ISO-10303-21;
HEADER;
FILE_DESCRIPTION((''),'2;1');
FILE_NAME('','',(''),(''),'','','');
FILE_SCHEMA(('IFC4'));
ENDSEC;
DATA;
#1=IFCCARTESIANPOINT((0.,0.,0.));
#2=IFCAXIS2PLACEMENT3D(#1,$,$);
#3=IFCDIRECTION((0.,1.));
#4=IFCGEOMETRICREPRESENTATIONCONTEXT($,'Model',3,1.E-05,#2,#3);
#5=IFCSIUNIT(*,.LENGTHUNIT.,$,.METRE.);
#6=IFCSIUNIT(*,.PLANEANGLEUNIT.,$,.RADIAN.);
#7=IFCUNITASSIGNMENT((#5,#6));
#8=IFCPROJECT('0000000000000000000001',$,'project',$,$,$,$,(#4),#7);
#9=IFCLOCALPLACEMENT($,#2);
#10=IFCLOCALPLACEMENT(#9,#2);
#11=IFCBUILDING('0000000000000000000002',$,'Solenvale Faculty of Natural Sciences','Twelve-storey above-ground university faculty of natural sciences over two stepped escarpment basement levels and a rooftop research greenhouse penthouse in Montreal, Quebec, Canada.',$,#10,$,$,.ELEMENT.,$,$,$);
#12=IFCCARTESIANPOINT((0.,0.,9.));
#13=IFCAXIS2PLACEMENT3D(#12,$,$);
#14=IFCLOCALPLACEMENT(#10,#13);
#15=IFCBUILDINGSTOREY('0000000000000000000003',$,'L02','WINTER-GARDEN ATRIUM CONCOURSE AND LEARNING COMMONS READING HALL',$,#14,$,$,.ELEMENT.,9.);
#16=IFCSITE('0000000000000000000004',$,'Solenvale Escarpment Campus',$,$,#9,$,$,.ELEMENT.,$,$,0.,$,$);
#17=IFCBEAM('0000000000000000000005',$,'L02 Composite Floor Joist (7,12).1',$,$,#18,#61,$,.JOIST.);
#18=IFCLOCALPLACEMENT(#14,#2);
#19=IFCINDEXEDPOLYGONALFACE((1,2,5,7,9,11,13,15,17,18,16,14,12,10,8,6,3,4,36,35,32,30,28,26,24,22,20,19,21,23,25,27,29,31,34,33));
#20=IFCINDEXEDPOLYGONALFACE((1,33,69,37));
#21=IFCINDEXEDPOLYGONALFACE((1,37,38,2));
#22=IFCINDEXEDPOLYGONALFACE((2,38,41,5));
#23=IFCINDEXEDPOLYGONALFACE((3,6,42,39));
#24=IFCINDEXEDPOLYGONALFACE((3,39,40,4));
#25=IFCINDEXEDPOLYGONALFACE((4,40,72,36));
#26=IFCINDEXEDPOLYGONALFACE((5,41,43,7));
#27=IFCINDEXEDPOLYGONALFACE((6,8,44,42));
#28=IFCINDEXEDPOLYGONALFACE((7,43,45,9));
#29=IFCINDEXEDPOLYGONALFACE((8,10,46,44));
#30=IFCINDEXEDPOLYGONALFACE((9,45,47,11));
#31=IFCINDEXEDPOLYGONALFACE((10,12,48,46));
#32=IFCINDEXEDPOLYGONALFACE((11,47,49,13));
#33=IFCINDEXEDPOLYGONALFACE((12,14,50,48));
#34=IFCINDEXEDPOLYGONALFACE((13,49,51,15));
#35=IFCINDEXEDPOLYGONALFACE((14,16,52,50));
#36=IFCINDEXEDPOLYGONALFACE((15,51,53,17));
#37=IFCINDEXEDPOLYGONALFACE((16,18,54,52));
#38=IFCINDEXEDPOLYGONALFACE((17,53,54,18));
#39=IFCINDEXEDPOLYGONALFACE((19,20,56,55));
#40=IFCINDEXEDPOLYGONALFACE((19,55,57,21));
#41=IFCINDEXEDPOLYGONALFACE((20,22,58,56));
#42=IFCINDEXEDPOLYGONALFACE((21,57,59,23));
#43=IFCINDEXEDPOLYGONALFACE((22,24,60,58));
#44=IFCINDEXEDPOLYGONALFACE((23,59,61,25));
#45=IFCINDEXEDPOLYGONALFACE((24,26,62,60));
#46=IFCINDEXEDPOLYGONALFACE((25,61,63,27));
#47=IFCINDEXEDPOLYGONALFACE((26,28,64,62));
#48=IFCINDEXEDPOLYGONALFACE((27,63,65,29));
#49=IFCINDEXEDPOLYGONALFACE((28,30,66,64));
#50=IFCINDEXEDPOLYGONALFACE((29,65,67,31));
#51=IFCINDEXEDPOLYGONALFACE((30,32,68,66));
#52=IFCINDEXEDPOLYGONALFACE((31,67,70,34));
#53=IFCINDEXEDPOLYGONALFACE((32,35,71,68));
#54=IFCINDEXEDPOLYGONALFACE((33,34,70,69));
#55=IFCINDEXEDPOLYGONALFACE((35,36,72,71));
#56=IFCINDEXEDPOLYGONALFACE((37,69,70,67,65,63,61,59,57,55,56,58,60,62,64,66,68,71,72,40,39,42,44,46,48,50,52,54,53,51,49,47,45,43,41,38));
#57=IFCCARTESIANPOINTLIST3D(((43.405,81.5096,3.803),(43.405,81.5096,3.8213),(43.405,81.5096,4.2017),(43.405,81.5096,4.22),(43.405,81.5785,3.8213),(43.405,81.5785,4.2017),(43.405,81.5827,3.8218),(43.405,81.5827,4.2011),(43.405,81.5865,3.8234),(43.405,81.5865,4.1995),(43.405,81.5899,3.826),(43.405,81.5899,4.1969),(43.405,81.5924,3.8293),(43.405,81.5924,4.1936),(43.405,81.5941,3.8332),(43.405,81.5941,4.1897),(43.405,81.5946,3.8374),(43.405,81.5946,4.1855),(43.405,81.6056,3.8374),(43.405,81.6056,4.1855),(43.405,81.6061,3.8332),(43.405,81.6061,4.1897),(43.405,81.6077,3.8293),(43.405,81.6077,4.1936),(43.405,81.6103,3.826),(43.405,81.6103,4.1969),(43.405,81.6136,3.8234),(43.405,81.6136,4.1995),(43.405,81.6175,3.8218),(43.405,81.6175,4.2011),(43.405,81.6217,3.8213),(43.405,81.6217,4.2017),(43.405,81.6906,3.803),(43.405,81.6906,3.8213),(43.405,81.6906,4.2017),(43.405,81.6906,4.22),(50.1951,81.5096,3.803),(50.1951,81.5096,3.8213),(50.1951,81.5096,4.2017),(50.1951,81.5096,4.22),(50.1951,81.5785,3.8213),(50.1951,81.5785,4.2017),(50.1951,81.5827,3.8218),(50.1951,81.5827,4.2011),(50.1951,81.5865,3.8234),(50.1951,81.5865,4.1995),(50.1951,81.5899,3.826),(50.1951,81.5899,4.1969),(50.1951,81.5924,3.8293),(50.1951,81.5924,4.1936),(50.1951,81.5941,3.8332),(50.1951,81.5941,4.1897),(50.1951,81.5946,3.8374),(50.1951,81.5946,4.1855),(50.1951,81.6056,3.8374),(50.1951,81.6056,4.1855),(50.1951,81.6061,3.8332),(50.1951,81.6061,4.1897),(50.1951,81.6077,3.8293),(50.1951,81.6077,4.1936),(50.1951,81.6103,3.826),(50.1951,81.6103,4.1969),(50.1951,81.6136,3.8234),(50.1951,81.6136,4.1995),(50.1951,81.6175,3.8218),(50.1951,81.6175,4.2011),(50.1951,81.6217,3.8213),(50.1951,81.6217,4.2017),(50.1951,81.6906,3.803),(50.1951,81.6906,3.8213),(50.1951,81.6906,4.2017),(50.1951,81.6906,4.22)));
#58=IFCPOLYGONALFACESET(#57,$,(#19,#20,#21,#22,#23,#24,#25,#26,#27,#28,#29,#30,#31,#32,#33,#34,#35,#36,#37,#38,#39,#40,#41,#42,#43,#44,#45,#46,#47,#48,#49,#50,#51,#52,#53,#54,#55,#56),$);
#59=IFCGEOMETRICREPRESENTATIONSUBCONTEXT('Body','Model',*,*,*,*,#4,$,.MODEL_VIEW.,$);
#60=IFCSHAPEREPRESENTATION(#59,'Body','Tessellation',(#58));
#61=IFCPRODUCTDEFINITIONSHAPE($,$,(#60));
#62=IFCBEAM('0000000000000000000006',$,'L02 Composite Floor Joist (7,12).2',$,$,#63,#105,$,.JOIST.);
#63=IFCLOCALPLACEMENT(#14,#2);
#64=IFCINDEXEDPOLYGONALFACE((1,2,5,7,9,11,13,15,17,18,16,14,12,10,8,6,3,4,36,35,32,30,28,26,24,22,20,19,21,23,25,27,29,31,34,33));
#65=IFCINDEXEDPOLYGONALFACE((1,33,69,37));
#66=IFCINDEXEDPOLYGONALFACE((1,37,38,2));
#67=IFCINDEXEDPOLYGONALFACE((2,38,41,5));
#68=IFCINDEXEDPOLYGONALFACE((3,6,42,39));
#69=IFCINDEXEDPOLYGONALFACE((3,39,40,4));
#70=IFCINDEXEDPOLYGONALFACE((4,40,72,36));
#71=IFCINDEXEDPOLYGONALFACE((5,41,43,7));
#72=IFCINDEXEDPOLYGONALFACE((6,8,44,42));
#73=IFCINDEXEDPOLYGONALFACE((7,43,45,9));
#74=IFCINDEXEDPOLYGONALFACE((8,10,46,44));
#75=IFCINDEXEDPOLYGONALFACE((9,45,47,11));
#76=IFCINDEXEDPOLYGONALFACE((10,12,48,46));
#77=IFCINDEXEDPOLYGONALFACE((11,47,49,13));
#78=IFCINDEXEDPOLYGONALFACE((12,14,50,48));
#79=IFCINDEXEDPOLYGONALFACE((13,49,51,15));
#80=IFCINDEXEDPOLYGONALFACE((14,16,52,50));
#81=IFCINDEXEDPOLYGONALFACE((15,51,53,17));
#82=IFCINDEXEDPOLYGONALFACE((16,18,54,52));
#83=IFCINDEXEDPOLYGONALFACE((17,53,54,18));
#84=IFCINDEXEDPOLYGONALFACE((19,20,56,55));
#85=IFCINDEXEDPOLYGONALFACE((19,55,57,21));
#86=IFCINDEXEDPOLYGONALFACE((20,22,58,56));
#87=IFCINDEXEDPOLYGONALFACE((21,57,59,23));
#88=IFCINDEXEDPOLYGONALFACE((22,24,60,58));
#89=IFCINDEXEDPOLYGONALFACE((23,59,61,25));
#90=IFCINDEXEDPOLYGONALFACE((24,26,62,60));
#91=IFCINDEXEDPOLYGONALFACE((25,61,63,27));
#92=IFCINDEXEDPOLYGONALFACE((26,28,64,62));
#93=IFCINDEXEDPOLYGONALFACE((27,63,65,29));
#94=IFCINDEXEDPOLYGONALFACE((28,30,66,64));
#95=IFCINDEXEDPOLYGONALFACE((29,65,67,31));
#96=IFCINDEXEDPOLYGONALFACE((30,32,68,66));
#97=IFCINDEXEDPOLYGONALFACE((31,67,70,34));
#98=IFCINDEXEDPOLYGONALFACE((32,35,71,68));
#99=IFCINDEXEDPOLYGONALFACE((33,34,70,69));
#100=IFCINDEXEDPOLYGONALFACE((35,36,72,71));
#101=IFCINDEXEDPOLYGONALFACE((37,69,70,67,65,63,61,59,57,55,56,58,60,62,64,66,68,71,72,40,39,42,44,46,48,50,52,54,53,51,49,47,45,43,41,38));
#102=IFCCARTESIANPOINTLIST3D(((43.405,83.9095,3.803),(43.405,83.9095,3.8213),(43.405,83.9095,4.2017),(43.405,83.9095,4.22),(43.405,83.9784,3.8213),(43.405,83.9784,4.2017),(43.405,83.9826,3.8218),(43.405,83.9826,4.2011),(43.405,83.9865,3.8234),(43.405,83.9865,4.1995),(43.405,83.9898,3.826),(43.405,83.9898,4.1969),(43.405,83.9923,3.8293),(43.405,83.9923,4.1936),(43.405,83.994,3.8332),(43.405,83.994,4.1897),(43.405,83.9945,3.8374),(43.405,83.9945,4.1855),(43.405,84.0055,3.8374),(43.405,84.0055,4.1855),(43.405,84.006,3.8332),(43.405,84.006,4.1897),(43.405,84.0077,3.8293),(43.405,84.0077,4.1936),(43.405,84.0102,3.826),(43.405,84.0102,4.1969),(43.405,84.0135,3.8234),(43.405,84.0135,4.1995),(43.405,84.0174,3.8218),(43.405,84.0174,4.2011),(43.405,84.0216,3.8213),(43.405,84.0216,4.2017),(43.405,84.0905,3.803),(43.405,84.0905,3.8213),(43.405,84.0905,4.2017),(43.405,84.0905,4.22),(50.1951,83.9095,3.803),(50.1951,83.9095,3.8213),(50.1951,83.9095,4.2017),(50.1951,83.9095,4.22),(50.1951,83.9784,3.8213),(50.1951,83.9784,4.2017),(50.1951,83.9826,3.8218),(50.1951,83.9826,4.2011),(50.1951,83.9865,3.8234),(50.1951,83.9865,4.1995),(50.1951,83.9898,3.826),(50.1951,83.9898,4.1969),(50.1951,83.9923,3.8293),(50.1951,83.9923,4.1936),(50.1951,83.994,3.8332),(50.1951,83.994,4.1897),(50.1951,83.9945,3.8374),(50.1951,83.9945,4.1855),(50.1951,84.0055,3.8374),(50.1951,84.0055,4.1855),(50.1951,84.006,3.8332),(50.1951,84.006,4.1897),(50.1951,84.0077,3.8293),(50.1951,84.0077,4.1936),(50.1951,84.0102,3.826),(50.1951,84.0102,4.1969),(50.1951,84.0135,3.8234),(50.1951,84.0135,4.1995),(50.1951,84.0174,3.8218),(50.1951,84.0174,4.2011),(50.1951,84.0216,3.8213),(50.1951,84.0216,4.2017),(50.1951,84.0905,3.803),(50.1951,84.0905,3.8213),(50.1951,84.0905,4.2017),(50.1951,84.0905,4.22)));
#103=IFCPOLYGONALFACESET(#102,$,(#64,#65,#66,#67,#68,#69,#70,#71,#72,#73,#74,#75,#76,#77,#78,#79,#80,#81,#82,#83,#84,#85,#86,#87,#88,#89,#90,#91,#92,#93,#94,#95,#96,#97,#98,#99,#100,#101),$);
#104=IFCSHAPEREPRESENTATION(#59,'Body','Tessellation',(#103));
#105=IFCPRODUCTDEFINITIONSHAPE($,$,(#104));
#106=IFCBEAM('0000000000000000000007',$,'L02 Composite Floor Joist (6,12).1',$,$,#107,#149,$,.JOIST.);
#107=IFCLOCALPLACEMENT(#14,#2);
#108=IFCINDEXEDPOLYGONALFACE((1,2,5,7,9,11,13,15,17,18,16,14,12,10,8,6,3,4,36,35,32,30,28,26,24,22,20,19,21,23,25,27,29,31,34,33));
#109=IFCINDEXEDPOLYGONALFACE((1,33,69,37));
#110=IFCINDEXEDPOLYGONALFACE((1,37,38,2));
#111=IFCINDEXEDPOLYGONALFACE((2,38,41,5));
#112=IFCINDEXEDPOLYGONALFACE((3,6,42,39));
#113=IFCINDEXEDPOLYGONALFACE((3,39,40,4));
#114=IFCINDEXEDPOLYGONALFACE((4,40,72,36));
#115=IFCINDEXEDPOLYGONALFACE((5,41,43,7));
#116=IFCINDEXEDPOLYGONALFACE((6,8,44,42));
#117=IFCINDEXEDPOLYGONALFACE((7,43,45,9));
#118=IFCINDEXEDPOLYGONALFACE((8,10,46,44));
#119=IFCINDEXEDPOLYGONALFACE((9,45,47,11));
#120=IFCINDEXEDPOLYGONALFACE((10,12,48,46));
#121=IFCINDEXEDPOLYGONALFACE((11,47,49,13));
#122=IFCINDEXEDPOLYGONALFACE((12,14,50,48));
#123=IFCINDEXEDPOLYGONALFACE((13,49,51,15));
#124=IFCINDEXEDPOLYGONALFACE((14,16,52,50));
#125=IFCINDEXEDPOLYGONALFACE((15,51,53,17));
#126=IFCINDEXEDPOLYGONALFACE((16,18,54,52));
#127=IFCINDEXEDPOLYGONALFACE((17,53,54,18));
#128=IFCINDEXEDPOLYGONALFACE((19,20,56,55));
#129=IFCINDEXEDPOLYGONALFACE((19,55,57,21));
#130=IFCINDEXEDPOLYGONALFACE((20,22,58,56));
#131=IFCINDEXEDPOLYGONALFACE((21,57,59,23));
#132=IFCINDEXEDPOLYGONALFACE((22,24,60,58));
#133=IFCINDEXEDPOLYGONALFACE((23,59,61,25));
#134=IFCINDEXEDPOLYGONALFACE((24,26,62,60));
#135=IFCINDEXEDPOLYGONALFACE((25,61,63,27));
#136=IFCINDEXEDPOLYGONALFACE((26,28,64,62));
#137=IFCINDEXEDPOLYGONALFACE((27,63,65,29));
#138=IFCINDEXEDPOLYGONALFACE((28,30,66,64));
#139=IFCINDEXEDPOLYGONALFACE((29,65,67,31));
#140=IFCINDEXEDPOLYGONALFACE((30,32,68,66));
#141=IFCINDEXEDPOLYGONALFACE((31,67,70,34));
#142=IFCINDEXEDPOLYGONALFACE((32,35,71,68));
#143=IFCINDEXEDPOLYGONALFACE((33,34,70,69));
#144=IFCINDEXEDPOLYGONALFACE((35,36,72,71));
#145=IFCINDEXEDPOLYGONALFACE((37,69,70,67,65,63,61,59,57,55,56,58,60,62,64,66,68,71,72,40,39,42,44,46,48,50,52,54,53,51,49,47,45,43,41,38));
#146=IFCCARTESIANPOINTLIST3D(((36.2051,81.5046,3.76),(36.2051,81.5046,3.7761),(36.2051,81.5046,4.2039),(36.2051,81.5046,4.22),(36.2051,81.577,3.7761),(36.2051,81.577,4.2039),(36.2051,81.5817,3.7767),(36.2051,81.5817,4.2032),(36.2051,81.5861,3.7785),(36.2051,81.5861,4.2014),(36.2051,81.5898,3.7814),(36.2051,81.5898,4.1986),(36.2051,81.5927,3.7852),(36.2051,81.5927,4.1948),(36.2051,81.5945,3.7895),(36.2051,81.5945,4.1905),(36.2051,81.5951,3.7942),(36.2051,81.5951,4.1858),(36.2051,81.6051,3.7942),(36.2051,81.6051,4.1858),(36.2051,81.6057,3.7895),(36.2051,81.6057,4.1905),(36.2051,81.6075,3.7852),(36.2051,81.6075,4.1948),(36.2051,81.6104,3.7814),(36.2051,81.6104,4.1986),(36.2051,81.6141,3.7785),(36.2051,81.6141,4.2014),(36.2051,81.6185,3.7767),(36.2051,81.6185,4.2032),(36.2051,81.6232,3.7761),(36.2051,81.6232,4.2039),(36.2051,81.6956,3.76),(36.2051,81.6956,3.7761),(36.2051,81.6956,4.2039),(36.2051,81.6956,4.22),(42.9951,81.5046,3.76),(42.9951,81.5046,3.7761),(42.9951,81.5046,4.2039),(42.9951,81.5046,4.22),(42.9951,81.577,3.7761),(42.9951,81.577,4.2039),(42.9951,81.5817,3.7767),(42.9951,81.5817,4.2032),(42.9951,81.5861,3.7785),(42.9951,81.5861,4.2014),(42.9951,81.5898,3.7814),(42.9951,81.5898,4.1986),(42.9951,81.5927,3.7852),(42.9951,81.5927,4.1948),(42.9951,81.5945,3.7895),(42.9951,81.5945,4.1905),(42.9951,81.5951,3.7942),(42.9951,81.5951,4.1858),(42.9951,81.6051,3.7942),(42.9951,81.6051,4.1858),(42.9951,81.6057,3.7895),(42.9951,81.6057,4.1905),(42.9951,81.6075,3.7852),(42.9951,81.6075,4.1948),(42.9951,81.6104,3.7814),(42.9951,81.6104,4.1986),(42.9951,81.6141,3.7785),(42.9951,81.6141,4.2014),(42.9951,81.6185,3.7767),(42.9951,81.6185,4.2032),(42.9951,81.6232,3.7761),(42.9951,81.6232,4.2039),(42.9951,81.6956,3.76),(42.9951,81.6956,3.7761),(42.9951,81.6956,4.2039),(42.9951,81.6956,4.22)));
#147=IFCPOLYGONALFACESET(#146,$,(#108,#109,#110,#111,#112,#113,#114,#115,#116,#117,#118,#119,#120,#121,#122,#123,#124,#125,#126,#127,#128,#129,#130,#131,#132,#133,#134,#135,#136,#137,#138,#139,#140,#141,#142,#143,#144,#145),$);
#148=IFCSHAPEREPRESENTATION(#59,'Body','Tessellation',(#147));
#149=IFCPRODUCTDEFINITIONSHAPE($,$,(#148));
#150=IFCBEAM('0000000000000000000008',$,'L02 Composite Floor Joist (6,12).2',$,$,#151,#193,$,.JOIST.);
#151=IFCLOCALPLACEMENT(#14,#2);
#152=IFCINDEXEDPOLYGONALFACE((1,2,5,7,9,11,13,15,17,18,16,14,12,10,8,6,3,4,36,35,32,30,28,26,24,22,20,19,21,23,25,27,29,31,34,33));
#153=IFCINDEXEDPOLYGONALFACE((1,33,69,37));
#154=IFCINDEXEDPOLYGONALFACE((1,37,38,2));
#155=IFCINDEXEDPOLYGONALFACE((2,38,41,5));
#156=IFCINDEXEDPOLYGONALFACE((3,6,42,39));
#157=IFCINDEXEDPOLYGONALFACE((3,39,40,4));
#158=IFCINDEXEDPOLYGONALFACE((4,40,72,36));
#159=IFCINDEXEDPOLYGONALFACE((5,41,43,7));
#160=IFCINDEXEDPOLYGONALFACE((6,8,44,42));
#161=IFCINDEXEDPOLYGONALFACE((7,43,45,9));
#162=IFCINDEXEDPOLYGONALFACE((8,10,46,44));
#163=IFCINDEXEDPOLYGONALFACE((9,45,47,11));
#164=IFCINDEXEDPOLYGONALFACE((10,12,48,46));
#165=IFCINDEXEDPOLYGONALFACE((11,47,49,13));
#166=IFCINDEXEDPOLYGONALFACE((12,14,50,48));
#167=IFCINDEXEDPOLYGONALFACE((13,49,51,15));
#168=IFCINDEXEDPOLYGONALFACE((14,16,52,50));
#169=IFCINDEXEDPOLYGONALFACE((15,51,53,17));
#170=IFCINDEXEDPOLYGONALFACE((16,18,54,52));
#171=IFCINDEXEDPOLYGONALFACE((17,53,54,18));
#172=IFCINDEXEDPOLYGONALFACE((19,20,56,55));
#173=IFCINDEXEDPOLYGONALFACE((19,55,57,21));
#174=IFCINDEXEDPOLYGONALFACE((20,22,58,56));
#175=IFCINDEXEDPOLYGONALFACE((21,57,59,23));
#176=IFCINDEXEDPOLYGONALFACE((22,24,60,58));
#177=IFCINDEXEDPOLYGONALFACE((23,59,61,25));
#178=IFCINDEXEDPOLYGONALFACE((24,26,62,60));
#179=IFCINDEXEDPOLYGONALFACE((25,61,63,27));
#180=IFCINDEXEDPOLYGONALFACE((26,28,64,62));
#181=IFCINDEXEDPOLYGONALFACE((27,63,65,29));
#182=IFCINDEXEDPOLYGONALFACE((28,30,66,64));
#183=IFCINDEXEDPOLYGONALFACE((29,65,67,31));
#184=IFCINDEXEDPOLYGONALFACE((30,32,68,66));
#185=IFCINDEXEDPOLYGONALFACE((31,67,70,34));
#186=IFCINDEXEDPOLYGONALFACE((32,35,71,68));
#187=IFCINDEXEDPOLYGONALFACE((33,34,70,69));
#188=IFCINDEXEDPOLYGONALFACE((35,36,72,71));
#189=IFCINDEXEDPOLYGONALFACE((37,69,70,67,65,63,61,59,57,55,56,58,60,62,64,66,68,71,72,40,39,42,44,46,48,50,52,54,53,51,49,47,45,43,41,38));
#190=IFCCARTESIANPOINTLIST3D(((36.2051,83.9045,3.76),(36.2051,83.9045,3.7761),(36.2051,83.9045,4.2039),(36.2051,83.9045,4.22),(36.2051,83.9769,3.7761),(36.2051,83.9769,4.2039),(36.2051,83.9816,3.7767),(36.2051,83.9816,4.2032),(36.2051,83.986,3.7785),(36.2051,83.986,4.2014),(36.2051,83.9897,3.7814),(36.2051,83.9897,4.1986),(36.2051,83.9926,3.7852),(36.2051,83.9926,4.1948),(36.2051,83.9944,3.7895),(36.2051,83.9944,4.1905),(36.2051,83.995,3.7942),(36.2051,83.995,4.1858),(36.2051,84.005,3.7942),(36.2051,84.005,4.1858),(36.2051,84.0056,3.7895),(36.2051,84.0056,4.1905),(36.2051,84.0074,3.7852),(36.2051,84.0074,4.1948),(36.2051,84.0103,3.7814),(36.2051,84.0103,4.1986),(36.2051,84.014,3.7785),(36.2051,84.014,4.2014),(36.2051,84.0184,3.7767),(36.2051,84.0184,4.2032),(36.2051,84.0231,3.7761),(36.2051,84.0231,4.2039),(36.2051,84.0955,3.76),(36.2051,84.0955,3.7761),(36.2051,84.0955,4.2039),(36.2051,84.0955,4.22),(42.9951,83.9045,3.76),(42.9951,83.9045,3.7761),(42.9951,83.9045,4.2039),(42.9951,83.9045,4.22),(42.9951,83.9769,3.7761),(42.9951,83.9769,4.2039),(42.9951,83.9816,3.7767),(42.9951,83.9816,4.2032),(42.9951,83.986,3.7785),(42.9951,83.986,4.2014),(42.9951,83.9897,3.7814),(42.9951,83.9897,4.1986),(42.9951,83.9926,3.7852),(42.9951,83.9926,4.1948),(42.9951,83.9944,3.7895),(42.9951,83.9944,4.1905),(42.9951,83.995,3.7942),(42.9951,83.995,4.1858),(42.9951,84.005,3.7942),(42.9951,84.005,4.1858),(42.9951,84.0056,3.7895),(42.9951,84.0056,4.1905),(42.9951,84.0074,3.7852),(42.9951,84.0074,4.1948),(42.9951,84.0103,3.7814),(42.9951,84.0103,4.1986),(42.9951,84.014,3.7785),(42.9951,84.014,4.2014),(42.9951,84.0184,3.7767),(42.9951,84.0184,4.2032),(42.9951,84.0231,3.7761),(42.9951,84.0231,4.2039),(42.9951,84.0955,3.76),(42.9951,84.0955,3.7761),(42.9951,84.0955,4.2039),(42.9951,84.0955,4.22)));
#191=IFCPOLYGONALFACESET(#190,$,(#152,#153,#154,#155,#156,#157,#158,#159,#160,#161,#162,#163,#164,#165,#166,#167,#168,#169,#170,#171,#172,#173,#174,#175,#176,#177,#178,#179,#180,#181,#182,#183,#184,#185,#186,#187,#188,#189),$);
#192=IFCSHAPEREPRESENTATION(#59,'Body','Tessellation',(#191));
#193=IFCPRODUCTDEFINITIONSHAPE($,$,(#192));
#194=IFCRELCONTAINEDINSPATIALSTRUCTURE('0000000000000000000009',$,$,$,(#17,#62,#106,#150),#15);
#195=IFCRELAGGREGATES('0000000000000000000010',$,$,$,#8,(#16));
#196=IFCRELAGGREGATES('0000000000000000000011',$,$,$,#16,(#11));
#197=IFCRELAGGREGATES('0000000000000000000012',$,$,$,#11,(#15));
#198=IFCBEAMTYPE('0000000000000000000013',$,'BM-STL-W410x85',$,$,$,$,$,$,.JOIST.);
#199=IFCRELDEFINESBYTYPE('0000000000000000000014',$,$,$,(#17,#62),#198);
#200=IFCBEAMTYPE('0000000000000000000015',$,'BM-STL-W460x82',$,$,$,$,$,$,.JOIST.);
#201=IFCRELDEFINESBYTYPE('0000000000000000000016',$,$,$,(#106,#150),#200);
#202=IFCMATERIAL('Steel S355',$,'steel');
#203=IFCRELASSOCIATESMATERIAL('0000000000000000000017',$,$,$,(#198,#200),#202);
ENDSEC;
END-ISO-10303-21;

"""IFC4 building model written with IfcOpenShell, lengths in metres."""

from ifc_helpers import new_model, si_unit, direction, frame, origin, origin_2d, place, context, subcontext, project, spatial, i_section, extrude, material, material_profile, profile_set, type_object, element, save


model = new_model("IFC4")

# Units and contexts
model_context = context("Model", 3, precision=1e-05, world=origin(), true_north=direction((0.0, 1.0)))
body_context = subcontext(model_context, "Body", "Model", "MODEL_VIEW")
ifc_project = project(units=[si_unit("LENGTHUNIT", "METRE"), si_unit("PLANEANGLEUNIT", "RADIAN")], contexts=[model_context])

# Site, building, storey
site_placement = place(None, origin())
site = spatial("IfcSite", under=ifc_project, at=site_placement, Name="Solenvale Escarpment Campus", CompositionType="ELEMENT", RefElevation=0.0)
building_placement = place(site_placement, origin())
building = spatial("IfcBuilding", under=site, at=building_placement, Name="Solenvale Faculty of Natural Sciences", Description="Twelve-storey above-ground university faculty of natural sciences over two stepped escarpment basement levels and a rooftop research greenhouse penthouse in Montreal, Quebec, Canada.", CompositionType="ELEMENT")
storey_placement = place(building_placement, frame((0.0, 0.0, 9.0)))
storey = spatial("IfcBuildingStorey", under=building, at=storey_placement, Name="L02", Description="WINTER-GARDEN ATRIUM CONCOURSE AND LEARNING COMMONS READING HALL", CompositionType="ELEMENT", Elevation=9.0)

# Shared definitions
ifc_material_1 = material(Name="Steel S355", Category="steel")

# Beams
ifc_material_profile_1 = material_profile(ifc_material_1, i_section(OverallWidth=0.1809, OverallDepth=0.417, WebThickness=0.011, FlangeThickness=0.0183, FilletRadius=0.0161, at=origin_2d()), Name="W410x85")
ifc_profile_set_1 = profile_set([ifc_material_profile_1], Name="Steel S355")
beam_type_1 = type_object("IfcBeamType", Name="BM-STL-W410x85", PredefinedType="JOIST", material=ifc_profile_set_1)
for number, where, z_axis, x_axis, name in (
    (1, (43.405, 81.6001, 4.0115), (1.0, 0.0, 0.0), (0.0, 1.0, 0.0), "L02 Composite Floor Joist (7,12).1"),
    (2, (43.405, 84.0, 4.0115), (1.0, 0.0, 0.0), (0.0, 1.0, 0.0), "L02 Composite Floor Joist (7,12).2"),
):
    element("IfcBeam", number, at=place(storey_placement, frame(where, z_axis=z_axis, x_axis=x_axis)), inside=storey, type_object=beam_type_1, Name=name, PredefinedType="JOIST", context=body_context, shape_type="SweptSolid", body=[
        extrude(i_section(OverallWidth=0.1809, OverallDepth=0.417, WebThickness=0.011, FlangeThickness=0.0183, FilletRadius=0.0161, at=origin_2d()), origin(), (0.0, 0.0, 1.0), 6.79),
    ])
ifc_material_profile_2 = material_profile(ifc_material_1, i_section(OverallWidth=0.1909, OverallDepth=0.46, WebThickness=0.01, FlangeThickness=0.0161, FilletRadius=0.0181, at=origin_2d()), Name="W460x82")
ifc_profile_set_2 = profile_set([ifc_material_profile_2], Name="Steel S355")
beam_type_2 = type_object("IfcBeamType", Name="BM-STL-W460x82", PredefinedType="JOIST", material=ifc_profile_set_2)
for number, where, z_axis, x_axis, name in (
    (3, (36.2051, 81.6001, 3.99), (1.0, 0.0, 0.0), (0.0, 1.0, 0.0), "L02 Composite Floor Joist (6,12).1"),
    (4, (36.2051, 84.0, 3.99), (1.0, 0.0, 0.0), (0.0, 1.0, 0.0), "L02 Composite Floor Joist (6,12).2"),
):
    element("IfcBeam", number, at=place(storey_placement, frame(where, z_axis=z_axis, x_axis=x_axis)), inside=storey, type_object=beam_type_2, Name=name, PredefinedType="JOIST", context=body_context, shape_type="SweptSolid", body=[
        extrude(i_section(OverallWidth=0.1909, OverallDepth=0.46, WebThickness=0.01, FlangeThickness=0.0161, FilletRadius=0.0181, at=origin_2d()), origin(), (0.0, 0.0, 1.0), 6.79),
    ])

save(model, "model.ifc")
